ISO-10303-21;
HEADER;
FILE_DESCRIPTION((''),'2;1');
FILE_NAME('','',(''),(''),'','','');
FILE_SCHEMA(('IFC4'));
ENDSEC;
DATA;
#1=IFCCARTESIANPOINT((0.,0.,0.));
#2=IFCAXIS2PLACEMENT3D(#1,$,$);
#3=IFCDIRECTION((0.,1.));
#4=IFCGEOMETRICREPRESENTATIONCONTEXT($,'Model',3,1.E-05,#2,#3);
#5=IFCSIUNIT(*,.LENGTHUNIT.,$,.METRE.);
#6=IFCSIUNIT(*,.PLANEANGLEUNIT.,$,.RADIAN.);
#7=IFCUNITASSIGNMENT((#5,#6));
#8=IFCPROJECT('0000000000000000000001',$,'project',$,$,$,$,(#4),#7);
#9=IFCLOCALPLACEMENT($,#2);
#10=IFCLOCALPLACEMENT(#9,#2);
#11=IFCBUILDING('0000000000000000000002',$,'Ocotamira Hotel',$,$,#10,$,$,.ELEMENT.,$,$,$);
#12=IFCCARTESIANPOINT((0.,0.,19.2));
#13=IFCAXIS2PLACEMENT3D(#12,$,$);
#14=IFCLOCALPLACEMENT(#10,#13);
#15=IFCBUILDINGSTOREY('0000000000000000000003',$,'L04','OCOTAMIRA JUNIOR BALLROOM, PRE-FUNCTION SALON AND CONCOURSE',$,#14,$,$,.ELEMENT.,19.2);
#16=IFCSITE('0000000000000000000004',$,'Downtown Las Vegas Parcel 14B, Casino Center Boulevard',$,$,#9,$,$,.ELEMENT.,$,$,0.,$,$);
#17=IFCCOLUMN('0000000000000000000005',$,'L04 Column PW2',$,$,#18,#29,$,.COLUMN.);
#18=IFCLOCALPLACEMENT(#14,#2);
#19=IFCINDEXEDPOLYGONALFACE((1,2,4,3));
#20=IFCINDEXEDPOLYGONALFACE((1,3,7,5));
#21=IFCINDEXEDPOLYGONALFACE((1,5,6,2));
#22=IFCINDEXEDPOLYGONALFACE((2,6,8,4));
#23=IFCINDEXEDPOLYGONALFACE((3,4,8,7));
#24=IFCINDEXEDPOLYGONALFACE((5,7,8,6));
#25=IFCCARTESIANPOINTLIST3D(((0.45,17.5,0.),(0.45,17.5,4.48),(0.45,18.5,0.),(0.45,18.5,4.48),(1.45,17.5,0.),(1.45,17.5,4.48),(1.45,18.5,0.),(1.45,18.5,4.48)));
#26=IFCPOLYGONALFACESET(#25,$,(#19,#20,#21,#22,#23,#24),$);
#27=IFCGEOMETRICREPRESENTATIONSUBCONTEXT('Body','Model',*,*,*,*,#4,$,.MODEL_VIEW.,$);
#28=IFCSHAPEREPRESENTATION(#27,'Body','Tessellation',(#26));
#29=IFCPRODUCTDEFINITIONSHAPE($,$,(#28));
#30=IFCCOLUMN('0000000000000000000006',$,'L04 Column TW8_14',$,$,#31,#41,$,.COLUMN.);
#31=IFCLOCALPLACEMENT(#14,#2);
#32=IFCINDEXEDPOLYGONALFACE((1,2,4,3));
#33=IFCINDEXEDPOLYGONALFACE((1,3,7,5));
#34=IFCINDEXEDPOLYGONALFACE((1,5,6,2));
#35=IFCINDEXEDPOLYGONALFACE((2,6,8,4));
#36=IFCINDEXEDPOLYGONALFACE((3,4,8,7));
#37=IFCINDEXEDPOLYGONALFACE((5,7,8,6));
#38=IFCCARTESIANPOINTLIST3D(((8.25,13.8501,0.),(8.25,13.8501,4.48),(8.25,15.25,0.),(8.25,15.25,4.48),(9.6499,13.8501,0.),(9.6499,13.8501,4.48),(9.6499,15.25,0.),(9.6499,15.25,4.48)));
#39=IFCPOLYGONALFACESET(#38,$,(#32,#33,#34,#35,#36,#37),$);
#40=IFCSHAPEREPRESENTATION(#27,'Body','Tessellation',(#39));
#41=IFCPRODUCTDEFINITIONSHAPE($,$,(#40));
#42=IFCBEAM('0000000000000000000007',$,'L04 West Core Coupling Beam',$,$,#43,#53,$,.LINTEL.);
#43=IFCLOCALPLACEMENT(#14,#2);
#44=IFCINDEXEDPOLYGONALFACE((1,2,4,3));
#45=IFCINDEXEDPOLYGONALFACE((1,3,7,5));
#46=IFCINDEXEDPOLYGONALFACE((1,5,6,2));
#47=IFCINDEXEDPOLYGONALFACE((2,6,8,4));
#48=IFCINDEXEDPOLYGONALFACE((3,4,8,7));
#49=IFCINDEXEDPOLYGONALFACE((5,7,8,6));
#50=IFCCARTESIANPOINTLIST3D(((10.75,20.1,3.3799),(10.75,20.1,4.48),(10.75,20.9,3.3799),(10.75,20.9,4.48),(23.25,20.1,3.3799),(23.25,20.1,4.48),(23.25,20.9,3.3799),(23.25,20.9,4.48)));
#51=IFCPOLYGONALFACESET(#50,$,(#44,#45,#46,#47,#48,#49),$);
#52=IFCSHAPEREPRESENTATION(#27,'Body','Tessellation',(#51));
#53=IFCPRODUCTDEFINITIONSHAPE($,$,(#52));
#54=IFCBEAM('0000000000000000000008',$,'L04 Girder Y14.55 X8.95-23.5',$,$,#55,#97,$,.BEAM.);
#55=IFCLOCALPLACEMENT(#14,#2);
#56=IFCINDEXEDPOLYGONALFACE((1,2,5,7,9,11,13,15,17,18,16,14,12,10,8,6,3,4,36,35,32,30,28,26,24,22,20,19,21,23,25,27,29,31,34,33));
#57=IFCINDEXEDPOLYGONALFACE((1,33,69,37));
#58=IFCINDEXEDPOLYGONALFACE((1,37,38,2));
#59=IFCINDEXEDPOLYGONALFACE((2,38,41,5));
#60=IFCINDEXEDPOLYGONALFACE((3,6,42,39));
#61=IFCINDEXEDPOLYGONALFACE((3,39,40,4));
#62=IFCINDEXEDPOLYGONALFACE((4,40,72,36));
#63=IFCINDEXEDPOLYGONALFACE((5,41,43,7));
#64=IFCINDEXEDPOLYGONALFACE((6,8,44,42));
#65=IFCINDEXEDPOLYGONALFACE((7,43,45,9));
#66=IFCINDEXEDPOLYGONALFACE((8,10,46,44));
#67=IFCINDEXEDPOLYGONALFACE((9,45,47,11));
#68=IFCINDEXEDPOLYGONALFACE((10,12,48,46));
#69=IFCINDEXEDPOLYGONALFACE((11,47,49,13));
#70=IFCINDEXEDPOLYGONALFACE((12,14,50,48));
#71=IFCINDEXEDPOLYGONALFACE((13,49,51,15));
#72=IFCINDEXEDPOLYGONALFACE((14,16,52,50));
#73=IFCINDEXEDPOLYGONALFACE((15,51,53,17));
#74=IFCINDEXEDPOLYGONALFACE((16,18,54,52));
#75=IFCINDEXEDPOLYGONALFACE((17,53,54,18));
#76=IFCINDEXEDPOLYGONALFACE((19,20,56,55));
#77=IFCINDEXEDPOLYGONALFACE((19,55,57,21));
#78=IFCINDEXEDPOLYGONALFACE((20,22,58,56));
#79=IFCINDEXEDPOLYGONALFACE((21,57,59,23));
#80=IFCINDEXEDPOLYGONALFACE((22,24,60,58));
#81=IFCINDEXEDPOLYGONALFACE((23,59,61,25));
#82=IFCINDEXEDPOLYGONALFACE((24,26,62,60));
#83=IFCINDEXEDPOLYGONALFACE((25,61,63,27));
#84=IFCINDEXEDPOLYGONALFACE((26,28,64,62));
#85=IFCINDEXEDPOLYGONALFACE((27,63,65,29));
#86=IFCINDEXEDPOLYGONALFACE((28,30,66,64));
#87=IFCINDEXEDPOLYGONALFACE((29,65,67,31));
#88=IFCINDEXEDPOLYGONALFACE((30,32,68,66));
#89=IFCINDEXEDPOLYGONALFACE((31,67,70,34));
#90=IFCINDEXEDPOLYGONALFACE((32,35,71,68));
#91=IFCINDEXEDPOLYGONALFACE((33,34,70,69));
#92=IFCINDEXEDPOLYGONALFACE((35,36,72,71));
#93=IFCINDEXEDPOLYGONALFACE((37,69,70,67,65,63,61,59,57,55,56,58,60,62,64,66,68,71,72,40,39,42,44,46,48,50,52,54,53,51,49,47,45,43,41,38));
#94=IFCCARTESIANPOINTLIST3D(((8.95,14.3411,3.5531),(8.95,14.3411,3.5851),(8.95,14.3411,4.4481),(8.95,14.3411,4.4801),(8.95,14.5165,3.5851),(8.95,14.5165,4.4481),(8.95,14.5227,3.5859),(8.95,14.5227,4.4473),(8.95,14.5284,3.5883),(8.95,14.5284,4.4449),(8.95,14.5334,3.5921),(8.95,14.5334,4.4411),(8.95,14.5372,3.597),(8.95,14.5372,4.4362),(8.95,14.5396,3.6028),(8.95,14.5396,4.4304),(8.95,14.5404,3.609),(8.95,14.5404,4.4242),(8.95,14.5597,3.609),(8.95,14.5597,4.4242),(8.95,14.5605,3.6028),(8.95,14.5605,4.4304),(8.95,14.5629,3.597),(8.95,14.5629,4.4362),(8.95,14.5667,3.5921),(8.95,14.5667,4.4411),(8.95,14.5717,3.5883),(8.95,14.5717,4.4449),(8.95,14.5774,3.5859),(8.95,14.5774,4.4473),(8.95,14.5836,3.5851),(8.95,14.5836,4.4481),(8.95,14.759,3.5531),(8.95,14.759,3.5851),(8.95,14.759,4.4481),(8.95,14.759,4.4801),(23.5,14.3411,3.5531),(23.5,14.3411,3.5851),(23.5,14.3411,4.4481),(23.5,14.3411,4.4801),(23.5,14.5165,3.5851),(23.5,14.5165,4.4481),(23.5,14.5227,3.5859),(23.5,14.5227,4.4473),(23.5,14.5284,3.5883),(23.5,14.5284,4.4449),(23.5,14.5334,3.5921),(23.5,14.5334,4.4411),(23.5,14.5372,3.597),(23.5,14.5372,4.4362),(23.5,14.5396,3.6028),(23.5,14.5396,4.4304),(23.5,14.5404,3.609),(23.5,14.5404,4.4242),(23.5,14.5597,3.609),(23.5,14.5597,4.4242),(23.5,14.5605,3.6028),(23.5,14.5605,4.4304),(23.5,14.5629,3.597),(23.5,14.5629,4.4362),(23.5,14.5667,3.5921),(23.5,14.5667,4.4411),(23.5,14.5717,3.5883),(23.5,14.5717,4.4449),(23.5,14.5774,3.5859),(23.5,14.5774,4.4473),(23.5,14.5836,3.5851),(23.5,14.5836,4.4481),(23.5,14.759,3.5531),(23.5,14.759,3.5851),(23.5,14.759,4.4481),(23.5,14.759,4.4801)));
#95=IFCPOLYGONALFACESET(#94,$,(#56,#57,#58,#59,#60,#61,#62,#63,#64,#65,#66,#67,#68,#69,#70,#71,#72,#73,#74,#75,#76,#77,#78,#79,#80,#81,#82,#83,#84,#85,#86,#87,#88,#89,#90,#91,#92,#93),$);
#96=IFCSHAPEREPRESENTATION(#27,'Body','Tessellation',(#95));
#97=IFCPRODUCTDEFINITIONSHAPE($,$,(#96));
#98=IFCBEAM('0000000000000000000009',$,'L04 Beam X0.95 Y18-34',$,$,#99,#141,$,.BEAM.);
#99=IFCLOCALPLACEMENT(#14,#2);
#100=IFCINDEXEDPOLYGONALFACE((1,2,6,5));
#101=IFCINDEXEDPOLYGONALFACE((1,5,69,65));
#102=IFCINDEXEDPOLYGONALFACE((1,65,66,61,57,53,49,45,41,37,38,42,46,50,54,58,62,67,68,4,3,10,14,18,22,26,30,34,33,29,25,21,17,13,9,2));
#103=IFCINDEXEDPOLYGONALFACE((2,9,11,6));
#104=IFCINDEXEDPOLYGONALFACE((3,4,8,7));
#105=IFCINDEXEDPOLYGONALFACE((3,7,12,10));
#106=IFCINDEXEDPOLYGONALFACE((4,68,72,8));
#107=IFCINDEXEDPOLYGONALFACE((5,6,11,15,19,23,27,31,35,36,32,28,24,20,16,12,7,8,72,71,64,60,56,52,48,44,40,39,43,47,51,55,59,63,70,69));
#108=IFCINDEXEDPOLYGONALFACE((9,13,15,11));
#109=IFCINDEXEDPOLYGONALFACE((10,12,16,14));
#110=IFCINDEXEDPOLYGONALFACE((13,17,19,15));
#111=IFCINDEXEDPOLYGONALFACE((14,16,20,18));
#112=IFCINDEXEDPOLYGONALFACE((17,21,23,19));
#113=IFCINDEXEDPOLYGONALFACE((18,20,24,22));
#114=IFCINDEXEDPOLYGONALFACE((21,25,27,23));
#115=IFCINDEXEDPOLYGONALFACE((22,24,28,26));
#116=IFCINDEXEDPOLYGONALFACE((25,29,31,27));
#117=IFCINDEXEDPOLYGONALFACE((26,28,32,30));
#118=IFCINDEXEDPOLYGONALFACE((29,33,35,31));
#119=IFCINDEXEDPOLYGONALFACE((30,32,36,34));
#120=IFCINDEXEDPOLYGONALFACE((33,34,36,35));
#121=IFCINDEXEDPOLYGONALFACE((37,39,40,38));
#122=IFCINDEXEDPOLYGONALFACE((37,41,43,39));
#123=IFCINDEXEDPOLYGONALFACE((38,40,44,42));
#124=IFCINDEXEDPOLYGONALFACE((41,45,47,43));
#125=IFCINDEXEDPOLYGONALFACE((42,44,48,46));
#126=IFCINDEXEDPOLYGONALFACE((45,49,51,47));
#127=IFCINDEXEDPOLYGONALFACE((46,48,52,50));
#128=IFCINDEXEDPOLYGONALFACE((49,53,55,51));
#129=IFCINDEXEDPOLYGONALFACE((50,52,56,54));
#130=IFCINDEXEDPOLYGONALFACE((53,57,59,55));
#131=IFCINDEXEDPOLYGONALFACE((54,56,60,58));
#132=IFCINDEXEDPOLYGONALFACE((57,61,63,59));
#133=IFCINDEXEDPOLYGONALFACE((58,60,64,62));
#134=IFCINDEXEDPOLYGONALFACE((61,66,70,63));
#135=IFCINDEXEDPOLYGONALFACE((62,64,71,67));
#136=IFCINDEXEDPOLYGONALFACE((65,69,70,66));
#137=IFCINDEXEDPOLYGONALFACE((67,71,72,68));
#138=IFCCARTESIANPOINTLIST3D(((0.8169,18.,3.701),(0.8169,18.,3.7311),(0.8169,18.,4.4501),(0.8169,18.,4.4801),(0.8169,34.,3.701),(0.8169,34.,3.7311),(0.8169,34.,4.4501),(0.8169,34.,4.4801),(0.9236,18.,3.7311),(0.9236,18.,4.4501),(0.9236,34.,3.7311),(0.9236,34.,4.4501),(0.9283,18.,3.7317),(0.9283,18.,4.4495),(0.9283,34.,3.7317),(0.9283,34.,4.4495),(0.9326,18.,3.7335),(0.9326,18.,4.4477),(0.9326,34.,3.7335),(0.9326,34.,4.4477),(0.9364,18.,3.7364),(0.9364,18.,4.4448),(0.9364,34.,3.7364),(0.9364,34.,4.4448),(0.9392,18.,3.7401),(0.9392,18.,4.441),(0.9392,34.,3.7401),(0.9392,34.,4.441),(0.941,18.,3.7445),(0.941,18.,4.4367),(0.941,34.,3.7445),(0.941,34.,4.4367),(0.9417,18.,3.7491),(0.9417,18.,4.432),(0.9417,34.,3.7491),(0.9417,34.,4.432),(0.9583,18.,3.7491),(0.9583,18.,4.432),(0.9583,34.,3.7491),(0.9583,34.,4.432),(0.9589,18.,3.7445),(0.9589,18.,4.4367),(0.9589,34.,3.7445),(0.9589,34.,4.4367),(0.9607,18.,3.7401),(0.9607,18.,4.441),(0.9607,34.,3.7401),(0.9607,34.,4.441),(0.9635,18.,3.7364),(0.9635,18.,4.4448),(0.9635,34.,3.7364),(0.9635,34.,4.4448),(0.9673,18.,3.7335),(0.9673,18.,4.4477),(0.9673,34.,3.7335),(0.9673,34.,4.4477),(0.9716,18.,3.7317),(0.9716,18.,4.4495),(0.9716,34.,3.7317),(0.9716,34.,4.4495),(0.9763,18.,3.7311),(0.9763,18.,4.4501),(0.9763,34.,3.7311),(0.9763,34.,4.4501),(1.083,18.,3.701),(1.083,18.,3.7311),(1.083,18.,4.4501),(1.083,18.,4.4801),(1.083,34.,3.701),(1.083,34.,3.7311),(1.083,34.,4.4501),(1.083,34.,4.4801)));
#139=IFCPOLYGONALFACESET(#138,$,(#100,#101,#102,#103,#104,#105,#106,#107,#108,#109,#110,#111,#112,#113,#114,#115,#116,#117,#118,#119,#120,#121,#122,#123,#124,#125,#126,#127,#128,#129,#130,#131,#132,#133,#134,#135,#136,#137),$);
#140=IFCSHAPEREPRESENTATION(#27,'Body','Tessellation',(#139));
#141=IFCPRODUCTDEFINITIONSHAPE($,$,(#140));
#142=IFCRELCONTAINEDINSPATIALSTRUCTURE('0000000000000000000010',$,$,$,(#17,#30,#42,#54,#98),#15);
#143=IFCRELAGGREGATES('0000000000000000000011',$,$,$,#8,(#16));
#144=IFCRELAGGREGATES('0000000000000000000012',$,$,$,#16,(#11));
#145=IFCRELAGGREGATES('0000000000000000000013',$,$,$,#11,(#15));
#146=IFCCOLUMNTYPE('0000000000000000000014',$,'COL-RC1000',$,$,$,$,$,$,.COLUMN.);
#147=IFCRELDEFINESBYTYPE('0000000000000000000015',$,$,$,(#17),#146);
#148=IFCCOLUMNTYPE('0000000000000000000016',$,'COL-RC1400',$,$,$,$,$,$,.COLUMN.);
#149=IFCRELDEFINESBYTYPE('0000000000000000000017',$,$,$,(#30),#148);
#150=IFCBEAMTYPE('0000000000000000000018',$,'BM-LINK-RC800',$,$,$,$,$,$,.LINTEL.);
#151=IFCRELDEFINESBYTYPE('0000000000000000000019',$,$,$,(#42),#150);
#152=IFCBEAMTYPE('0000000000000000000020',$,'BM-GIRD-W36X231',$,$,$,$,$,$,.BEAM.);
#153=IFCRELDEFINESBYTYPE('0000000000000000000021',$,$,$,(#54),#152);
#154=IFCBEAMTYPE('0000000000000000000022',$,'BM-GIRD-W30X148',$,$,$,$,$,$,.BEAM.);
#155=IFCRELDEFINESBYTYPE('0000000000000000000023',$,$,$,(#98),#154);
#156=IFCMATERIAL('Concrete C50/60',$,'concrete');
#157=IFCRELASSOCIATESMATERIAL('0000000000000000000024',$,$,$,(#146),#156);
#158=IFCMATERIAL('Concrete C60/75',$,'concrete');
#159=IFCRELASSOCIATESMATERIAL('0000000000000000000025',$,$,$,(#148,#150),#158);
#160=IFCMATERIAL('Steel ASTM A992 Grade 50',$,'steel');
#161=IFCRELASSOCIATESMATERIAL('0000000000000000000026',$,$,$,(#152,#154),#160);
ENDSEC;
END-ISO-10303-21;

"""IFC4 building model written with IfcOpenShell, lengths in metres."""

from ifc_helpers import new_model, si_unit, direction, frame, origin, origin_2d, place, context, subcontext, project, spatial, rectangle, i_section, extrude, source, transform, mapped, material, material_profile, profile_set, type_object, element, save


model = new_model("IFC4")

# Units and contexts
model_context = context("Model", 3, precision=1e-05, world=origin(), true_north=direction((0.0, 1.0)))
body_context = subcontext(model_context, "Body", "Model", "MODEL_VIEW")
ifc_project = project(units=[si_unit("LENGTHUNIT", "METRE"), si_unit("PLANEANGLEUNIT", "RADIAN")], contexts=[model_context])

# Site, building, storey
site_placement = place(None, origin())
site = spatial("IfcSite", under=ifc_project, at=site_placement, Name="Downtown Las Vegas Parcel 14B, Casino Center Boulevard", CompositionType="ELEMENT", RefElevation=0.0)
building_placement = place(site_placement, origin())
building = spatial("IfcBuilding", under=site, at=building_placement, Name="Ocotamira Hotel", CompositionType="ELEMENT")
storey_placement = place(building_placement, frame((0.0, 0.0, 19.2)))
storey = spatial("IfcBuildingStorey", under=building, at=storey_placement, Name="L04", Description="OCOTAMIRA JUNIOR BALLROOM, PRE-FUNCTION SALON AND CONCOURSE", CompositionType="ELEMENT", Elevation=19.2)

# Columns
ifc_material_1 = material(Name="Concrete C50/60", Category="concrete")
ifc_material_profile_1 = material_profile(ifc_material_1, rectangle(XDim=1.0, YDim=1.0, at=origin_2d()), Name="RC1000X1000")
ifc_profile_set_1 = profile_set([ifc_material_profile_1], Name="Concrete C50/60")
column_type_1 = type_object("IfcColumnType", Name="COL-RC1000", PredefinedType="COLUMN", material=ifc_profile_set_1)
shared_shape_1 = source(origin(), body_context, "Body", "SweptSolid", [
    extrude(rectangle(XDim=1.0, YDim=1.0, at=origin_2d()), origin(), (0.0, 0.0, 1.0), 4.48),
])
column_1_placement = place(storey_placement, frame((0.95, 18.0, 0.0), z_axis=(0.0, 0.0, 1.0), x_axis=(1.0, 0.0, 0.0)))
element("IfcColumn", 1, at=column_1_placement, inside=storey, type_object=column_type_1, Name="L04 Column PW2", PredefinedType="COLUMN", context=body_context, shape_type="MappedRepresentation", body=[
    mapped(shared_shape_1, transform((0.0, 0.0, 0.0), scale=1.0)),
])
ifc_material_2 = material(Name="Concrete C60/75", Category="concrete")
ifc_material_profile_2 = material_profile(ifc_material_2, rectangle(XDim=1.3999, YDim=1.3999, at=origin_2d()), Name="RC1400X1400")
ifc_profile_set_2 = profile_set([ifc_material_profile_2], Name="Concrete C60/75")
column_type_2 = type_object("IfcColumnType", Name="COL-RC1400", PredefinedType="COLUMN", material=ifc_profile_set_2)
shared_shape_2 = source(origin(), body_context, "Body", "SweptSolid", [
    extrude(rectangle(XDim=1.3999, YDim=1.3999, at=origin_2d()), origin(), (0.0, 0.0, 1.0), 4.48),
])
column_2_placement = place(storey_placement, frame((8.95, 14.55, 0.0), z_axis=(0.0, 0.0, 1.0), x_axis=(1.0, 0.0, 0.0)))
element("IfcColumn", 2, at=column_2_placement, inside=storey, type_object=column_type_2, Name="L04 Column TW8_14", PredefinedType="COLUMN", context=body_context, shape_type="MappedRepresentation", body=[
    mapped(shared_shape_2, transform((0.0, 0.0, 0.0), scale=1.0)),
])

# Beams
ifc_material_profile_3 = material_profile(ifc_material_2, rectangle(XDim=0.8, YDim=1.1001, at=origin_2d()), Name="RC800X1100")
ifc_profile_set_3 = profile_set([ifc_material_profile_3], Name="Concrete C60/75")
beam_type_1 = type_object("IfcBeamType", Name="BM-LINK-RC800", PredefinedType="LINTEL", material=ifc_profile_set_3)
shared_shape_3 = source(origin(), body_context, "Body", "SweptSolid", [
    extrude(rectangle(XDim=0.8, YDim=1.1001, at=origin_2d()), origin(), (0.0, 0.0, 1.0), 12.5),
])
beam_1_placement = place(storey_placement, frame((10.75, 20.5, 3.9299), z_axis=(1.0, 0.0, 0.0), x_axis=(0.0, 1.0, 0.0)))
element("IfcBeam", 3, at=beam_1_placement, inside=storey, type_object=beam_type_1, Name="L04 West Core Coupling Beam", PredefinedType="LINTEL", context=body_context, shape_type="MappedRepresentation", body=[
    mapped(shared_shape_3, transform((0.0, 0.0, 0.0), scale=1.0)),
])
ifc_material_3 = material(Name="Steel ASTM A992 Grade 50", Category="steel")
ifc_material_profile_4 = material_profile(ifc_material_3, i_section(OverallWidth=0.418, OverallDepth=0.927, WebThickness=0.0193, FlangeThickness=0.032, FilletRadius=0.0239, at=origin_2d()), Name="W36X231")
ifc_profile_set_4 = profile_set([ifc_material_profile_4], Name="Steel ASTM A992 Grade 50")
beam_type_2 = type_object("IfcBeamType", Name="BM-GIRD-W36X231", PredefinedType="BEAM", material=ifc_profile_set_4)
shared_shape_4 = source(origin(), body_context, "Body", "SweptSolid", [
    extrude(i_section(OverallWidth=0.418, OverallDepth=0.927, WebThickness=0.0193, FlangeThickness=0.032, FilletRadius=0.0239, at=origin_2d()), origin(), (0.0, 0.0, 1.0), 14.55),
])
beam_2_placement = place(storey_placement, frame((8.95, 14.55, 4.0166), z_axis=(1.0, 0.0, 0.0), x_axis=(0.0, 1.0, 0.0)))
element("IfcBeam", 4, at=beam_2_placement, inside=storey, type_object=beam_type_2, Name="L04 Girder Y14.55 X8.95-23.5", PredefinedType="BEAM", context=body_context, shape_type="MappedRepresentation", body=[
    mapped(shared_shape_4, transform((0.0, 0.0, 0.0), scale=1.0)),
])
ifc_material_profile_5 = material_profile(ifc_material_3, i_section(OverallWidth=0.2661, OverallDepth=0.7791, WebThickness=0.0166, FlangeThickness=0.03, FilletRadius=0.0181, at=origin_2d()), Name="W30X148")
ifc_profile_set_5 = profile_set([ifc_material_profile_5], Name="Steel ASTM A992 Grade 50")
beam_type_3 = type_object("IfcBeamType", Name="BM-GIRD-W30X148", PredefinedType="BEAM", material=ifc_profile_set_5)
shared_shape_5 = source(origin(), body_context, "Body", "SweptSolid", [
    extrude(i_section(OverallWidth=0.2661, OverallDepth=0.7791, WebThickness=0.0166, FlangeThickness=0.03, FilletRadius=0.0181, at=origin_2d()), origin(), (0.0, 0.0, 1.0), 16.0),
])
beam_3_placement = place(storey_placement, frame((0.95, 18.0, 4.0906), z_axis=(0.0, 1.0, 0.0), x_axis=(-1.0, 0.0, 0.0)))
element("IfcBeam", 5, at=beam_3_placement, inside=storey, type_object=beam_type_3, Name="L04 Beam X0.95 Y18-34", PredefinedType="BEAM", context=body_context, shape_type="MappedRepresentation", body=[
    mapped(shared_shape_5, transform((0.0, 0.0, 0.0), scale=1.0)),
])

save(model, "model.ifc")
